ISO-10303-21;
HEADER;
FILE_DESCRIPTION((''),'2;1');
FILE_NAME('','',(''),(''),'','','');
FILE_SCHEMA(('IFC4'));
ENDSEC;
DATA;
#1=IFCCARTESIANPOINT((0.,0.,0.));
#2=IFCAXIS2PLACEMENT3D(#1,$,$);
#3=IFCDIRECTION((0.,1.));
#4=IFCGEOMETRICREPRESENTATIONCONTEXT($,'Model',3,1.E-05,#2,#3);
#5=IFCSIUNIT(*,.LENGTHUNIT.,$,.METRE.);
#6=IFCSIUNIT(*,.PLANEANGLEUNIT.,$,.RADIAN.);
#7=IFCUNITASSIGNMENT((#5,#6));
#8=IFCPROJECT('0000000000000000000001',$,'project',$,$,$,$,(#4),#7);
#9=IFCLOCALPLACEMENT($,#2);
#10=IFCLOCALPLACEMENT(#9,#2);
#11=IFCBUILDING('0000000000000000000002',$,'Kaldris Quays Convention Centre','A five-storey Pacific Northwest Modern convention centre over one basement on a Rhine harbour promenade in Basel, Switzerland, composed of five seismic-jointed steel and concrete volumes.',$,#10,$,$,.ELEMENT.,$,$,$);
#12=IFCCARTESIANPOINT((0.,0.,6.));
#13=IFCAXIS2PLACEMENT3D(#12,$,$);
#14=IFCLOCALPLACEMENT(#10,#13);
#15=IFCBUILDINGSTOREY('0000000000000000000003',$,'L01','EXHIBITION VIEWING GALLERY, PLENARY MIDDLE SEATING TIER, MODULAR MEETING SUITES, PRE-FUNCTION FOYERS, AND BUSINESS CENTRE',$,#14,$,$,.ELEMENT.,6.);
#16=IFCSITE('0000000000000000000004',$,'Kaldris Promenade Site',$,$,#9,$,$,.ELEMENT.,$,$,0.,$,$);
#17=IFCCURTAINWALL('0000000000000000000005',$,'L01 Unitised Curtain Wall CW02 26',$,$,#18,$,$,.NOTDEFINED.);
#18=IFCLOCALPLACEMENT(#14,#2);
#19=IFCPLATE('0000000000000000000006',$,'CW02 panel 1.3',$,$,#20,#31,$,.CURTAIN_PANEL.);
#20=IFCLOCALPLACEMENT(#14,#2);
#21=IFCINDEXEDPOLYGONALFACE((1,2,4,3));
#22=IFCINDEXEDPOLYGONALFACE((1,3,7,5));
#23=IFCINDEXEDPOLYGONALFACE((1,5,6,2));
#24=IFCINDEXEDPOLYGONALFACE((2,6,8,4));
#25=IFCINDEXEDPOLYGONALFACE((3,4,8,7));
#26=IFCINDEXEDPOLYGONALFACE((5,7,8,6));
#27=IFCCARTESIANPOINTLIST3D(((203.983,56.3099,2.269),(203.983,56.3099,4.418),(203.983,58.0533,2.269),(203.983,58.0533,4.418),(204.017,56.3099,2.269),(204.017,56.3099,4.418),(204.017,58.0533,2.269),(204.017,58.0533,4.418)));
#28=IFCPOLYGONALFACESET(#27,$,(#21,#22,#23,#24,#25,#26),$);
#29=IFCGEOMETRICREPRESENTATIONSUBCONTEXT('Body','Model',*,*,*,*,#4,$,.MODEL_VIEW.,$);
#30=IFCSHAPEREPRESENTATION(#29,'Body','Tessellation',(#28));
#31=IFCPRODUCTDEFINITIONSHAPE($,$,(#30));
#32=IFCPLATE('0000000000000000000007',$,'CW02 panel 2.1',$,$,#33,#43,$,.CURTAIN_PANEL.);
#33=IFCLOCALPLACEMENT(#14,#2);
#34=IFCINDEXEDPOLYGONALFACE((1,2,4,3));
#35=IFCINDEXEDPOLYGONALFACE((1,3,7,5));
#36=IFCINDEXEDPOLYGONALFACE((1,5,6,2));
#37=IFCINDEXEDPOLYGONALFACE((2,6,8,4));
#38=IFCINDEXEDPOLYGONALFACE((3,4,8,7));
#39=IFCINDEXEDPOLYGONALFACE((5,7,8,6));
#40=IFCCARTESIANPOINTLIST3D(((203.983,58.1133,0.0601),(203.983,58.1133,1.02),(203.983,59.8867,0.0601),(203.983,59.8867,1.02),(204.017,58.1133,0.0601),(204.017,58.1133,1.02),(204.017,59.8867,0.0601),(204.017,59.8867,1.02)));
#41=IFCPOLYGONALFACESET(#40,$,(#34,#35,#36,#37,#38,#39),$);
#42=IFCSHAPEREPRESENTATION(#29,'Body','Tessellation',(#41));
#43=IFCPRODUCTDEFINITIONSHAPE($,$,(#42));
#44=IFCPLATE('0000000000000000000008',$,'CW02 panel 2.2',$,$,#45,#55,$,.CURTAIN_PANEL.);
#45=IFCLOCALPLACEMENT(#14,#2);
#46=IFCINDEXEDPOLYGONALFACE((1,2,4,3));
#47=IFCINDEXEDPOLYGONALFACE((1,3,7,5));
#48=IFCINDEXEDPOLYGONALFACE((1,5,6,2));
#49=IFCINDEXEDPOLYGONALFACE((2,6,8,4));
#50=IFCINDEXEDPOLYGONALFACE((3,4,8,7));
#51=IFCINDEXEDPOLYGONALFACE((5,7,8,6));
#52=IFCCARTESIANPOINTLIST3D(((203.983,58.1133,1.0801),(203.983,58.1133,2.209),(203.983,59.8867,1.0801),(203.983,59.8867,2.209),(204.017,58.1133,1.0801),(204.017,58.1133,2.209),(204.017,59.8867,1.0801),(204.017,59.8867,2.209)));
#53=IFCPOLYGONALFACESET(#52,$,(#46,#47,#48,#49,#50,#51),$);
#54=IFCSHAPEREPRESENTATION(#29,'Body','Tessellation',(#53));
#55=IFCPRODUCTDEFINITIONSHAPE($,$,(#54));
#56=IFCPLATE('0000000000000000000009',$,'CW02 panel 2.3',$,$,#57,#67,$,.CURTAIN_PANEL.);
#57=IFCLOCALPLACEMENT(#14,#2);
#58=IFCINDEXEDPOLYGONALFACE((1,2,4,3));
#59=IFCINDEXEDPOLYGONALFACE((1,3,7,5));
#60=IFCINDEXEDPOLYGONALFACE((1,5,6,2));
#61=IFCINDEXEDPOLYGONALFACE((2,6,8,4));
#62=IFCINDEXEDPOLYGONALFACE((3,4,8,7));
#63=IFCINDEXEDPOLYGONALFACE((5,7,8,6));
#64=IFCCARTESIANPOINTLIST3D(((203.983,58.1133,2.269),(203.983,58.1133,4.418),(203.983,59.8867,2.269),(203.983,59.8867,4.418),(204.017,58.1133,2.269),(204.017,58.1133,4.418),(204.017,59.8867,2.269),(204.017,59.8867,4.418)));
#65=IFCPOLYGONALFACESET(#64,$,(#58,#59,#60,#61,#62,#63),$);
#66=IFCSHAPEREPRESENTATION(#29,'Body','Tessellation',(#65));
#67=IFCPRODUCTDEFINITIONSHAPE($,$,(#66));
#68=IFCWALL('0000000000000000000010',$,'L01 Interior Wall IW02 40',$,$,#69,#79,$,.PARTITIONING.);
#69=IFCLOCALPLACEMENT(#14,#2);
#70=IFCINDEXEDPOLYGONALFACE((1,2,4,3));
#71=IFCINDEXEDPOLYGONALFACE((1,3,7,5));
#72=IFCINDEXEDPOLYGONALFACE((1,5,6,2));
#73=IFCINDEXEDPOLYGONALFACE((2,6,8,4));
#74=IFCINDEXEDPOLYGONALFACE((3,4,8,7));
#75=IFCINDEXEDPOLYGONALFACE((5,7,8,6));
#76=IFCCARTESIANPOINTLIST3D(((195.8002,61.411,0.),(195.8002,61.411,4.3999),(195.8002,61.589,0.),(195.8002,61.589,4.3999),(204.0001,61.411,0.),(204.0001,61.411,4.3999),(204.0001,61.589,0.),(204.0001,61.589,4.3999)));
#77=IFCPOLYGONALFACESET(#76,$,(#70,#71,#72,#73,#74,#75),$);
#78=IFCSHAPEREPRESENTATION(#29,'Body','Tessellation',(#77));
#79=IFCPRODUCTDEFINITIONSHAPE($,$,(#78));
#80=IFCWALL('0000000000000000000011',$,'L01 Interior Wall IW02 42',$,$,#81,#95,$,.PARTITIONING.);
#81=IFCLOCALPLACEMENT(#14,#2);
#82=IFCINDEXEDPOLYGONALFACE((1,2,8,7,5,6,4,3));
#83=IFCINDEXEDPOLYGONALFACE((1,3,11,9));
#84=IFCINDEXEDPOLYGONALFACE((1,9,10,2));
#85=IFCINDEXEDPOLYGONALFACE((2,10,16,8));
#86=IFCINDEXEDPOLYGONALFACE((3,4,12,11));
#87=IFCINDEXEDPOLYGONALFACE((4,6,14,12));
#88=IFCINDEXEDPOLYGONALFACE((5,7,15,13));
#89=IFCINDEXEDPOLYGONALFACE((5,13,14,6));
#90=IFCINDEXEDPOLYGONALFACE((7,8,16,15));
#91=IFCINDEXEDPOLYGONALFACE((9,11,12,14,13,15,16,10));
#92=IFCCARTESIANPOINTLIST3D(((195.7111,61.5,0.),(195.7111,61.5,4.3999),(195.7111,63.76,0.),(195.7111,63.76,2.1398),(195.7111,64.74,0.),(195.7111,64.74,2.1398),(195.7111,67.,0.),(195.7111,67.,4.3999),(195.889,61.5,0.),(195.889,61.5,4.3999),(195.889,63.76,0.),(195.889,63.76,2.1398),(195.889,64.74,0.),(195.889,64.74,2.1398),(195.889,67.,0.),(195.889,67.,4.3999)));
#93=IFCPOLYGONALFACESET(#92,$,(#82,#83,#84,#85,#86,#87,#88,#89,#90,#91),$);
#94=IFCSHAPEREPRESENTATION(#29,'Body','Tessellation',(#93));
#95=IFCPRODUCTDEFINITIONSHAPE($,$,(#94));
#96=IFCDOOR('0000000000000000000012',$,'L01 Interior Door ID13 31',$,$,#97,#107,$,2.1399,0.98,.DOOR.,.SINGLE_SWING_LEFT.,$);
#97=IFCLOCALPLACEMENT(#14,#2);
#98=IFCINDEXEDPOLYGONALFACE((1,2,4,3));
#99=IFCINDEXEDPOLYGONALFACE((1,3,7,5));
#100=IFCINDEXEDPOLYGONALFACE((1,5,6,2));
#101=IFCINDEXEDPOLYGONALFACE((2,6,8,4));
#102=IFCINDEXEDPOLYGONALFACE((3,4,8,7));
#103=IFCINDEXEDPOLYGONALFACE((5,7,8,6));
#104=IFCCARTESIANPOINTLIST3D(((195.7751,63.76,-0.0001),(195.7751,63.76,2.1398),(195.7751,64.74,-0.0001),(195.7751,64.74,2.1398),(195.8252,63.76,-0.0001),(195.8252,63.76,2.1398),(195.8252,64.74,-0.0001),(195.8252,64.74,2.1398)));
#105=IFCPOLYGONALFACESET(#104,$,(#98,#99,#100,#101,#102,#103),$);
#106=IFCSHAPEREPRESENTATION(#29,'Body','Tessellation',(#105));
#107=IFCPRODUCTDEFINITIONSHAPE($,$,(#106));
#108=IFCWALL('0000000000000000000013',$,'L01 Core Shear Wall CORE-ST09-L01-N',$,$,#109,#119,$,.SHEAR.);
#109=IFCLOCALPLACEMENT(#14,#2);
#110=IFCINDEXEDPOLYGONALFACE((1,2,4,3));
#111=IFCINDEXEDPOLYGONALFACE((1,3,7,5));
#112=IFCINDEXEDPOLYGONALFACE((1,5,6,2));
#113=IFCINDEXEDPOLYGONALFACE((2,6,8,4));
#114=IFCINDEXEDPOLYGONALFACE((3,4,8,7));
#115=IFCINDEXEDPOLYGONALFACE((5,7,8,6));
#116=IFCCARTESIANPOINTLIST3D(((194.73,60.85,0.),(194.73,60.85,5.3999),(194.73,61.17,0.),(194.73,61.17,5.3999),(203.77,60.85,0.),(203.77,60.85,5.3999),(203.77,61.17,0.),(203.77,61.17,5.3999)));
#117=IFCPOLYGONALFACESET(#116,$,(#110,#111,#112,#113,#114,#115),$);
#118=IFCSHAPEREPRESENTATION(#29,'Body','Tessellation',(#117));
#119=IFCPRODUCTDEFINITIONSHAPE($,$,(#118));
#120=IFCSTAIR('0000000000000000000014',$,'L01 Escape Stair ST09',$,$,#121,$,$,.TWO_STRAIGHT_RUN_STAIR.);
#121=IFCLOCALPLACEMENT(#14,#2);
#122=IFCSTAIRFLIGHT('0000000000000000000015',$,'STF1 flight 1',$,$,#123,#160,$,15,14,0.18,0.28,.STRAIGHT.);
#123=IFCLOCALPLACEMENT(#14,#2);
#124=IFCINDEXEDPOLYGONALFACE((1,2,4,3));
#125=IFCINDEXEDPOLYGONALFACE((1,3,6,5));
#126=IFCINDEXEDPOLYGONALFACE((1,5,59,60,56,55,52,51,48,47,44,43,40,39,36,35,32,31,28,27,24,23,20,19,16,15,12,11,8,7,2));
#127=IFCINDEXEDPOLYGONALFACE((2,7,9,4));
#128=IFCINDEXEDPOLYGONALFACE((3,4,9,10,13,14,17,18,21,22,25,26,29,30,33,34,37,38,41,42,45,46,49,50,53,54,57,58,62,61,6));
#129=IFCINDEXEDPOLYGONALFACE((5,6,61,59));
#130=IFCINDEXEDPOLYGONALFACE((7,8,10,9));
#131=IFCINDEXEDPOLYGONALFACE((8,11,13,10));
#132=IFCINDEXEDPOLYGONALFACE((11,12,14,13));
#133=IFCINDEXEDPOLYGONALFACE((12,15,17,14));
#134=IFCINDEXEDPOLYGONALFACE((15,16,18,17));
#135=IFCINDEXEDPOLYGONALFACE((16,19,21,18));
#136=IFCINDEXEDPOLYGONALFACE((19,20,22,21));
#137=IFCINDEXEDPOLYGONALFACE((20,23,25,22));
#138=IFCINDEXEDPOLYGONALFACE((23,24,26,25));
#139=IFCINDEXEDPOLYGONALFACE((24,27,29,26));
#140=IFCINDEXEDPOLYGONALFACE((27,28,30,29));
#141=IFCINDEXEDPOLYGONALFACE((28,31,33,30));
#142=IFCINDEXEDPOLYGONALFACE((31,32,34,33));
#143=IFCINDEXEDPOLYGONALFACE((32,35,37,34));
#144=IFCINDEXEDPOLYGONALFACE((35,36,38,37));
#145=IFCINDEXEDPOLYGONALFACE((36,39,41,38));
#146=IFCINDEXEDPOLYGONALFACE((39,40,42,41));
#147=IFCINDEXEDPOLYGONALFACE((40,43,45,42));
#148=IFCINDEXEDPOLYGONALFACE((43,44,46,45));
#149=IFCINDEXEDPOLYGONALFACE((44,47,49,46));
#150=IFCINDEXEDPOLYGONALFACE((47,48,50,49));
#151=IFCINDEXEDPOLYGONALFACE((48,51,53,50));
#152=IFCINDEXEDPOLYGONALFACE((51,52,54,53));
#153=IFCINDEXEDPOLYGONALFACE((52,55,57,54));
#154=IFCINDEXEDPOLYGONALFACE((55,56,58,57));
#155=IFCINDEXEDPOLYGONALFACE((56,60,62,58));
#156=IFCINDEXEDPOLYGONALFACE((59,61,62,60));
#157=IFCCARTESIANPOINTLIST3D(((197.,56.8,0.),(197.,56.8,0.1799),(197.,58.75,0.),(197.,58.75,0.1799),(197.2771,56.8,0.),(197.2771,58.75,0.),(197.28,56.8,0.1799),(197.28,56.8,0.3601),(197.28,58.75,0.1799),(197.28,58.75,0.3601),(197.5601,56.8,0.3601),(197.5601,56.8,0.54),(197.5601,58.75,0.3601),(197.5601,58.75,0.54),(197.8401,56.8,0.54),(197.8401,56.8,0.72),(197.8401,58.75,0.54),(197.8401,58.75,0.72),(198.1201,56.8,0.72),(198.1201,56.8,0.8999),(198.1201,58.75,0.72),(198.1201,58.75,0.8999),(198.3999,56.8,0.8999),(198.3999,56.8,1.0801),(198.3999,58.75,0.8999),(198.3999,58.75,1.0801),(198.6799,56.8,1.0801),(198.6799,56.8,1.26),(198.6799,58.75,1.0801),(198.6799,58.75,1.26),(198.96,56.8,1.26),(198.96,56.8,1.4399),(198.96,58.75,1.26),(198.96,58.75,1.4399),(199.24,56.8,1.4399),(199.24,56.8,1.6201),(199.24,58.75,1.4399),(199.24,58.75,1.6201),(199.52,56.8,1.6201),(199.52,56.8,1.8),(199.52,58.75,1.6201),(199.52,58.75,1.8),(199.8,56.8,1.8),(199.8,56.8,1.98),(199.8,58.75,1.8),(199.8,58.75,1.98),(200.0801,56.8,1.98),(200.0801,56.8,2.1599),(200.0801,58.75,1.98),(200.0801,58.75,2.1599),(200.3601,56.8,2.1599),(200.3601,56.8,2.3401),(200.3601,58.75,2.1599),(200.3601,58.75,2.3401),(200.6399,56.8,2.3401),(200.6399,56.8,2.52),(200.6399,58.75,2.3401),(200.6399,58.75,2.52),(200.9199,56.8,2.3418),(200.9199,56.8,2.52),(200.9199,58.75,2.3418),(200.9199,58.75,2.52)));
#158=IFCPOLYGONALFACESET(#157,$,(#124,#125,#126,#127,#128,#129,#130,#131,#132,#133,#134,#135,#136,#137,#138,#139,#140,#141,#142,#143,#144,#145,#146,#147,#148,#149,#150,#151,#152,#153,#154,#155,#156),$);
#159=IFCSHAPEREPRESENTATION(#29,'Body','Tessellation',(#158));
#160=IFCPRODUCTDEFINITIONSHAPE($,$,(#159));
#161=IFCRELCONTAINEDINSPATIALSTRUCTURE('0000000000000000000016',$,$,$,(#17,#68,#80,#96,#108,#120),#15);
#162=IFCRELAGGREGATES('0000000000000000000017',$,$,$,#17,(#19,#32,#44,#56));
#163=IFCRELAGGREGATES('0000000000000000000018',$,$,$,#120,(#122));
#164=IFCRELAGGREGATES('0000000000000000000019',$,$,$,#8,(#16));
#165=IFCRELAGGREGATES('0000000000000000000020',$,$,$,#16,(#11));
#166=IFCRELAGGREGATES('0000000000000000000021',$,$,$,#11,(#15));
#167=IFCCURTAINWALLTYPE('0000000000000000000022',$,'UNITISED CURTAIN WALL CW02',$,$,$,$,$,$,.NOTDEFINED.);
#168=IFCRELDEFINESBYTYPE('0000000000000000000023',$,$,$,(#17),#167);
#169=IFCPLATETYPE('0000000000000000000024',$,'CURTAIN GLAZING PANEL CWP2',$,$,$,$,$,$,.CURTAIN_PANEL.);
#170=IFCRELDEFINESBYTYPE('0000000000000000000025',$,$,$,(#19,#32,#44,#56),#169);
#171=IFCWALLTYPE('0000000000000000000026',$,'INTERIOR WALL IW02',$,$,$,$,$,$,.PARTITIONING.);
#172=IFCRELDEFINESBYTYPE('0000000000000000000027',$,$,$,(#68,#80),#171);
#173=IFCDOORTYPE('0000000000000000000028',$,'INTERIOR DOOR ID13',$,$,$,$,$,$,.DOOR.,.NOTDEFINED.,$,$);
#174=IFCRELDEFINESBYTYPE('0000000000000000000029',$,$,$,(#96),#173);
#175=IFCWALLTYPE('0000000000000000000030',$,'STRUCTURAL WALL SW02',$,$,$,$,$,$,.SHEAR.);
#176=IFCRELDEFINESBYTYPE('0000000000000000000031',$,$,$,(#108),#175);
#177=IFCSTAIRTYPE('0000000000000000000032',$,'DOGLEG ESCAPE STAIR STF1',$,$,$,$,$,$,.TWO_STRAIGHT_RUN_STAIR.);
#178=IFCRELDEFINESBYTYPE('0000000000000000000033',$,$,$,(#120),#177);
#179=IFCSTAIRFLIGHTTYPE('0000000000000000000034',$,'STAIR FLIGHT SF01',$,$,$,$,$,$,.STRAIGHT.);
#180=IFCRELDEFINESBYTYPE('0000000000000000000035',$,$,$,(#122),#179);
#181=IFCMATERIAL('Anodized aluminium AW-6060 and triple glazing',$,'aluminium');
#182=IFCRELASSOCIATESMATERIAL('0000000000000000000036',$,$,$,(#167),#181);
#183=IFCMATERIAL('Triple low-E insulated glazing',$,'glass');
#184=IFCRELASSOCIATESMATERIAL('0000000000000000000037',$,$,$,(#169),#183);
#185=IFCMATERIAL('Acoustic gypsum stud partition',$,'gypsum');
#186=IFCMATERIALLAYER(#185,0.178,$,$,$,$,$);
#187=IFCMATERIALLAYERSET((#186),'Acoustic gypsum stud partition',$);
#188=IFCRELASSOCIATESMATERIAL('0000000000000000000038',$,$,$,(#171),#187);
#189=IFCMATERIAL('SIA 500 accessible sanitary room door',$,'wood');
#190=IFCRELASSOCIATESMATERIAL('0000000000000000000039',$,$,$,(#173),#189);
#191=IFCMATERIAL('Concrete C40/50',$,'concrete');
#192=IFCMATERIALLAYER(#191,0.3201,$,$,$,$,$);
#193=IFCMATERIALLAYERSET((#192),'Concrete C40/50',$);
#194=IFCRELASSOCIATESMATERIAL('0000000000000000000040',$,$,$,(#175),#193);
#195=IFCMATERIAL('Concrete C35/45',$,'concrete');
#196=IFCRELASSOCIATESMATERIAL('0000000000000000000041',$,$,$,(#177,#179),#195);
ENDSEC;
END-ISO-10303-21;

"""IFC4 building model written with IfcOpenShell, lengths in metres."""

from ifc_helpers import new_model, si_unit, direction, frame, frame_2d, origin, origin_2d, place, context, subcontext, project, spatial, polyline, rectangle, outline, extrude, material, layer, layer_set, type_object, element, fill, aggregate, save


model = new_model("IFC4")

# Units and contexts
model_context = context("Model", 3, precision=1e-05, world=origin(), true_north=direction((0.0, 1.0)))
body_context = subcontext(model_context, "Body", "Model", "MODEL_VIEW")
ifc_project = project(units=[si_unit("LENGTHUNIT", "METRE"), si_unit("PLANEANGLEUNIT", "RADIAN")], contexts=[model_context])

# Site, building, storey
site_placement = place(None, origin())
site = spatial("IfcSite", under=ifc_project, at=site_placement, Name="Kaldris Promenade Site", CompositionType="ELEMENT", RefElevation=0.0)
building_placement = place(site_placement, origin())
building = spatial("IfcBuilding", under=site, at=building_placement, Name="Kaldris Quays Convention Centre", Description="A five-storey Pacific Northwest Modern convention centre over one basement on a Rhine harbour promenade in Basel, Switzerland, composed of five seismic-jointed steel and concrete volumes.", CompositionType="ELEMENT")
storey_placement = place(building_placement, frame((0.0, 0.0, 6.0)))
storey = spatial("IfcBuildingStorey", under=building, at=storey_placement, Name="L01", Description="EXHIBITION VIEWING GALLERY, PLENARY MIDDLE SEATING TIER, MODULAR MEETING SUITES, PRE-FUNCTION FOYERS, AND BUSINESS CENTRE", CompositionType="ELEMENT", Elevation=6.0)

# Curtain wall, plates
ifc_material_1 = material(Name="Anodized aluminium AW-6060 and triple glazing", Category="aluminium")
curtain_wall_type = type_object("IfcCurtainWallType", Name="UNITISED CURTAIN WALL CW02", PredefinedType="NOTDEFINED", material=ifc_material_1)
curtain_wall_placement = place(storey_placement, origin())
curtain_wall = element("IfcCurtainWall", 1, at=curtain_wall_placement, inside=storey, type_object=curtain_wall_type, Name="L01 Unitised Curtain Wall CW02 26", PredefinedType="NOTDEFINED")
ifc_material_2 = material(Name="Triple low-E insulated glazing", Category="glass")
plate_type = type_object("IfcPlateType", Name="CURTAIN GLAZING PANEL CWP2", PredefinedType="CURTAIN_PANEL", material=ifc_material_2)
plate_1_placement = place(storey_placement, frame((204.0, 57.1816, 2.269), z_axis=(0.0, 0.0, 1.0), x_axis=(0.0, 1.0, 0.0)))
plate_1 = element("IfcPlate", 2, at=plate_1_placement, type_object=plate_type, Name="CW02 panel 1.3", PredefinedType="CURTAIN_PANEL", context=body_context, shape_type="SweptSolid", body=[
    extrude(rectangle(XDim=1.7434, YDim=0.0339, at=origin_2d()), origin(), (0.0, 0.0, 1.0), 2.1489),
])
plate_2_placement = place(storey_placement, frame((204.0, 59.0, 0.0601), z_axis=(0.0, 0.0, 1.0), x_axis=(0.0, 1.0, 0.0)))
plate_2 = element("IfcPlate", 3, at=plate_2_placement, type_object=plate_type, Name="CW02 panel 2.1", PredefinedType="CURTAIN_PANEL", context=body_context, shape_type="SweptSolid", body=[
    extrude(rectangle(XDim=1.7734, YDim=0.0339, at=origin_2d()), origin(), (0.0, 0.0, 1.0), 0.96),
])
plate_3_placement = place(storey_placement, frame((204.0, 59.0, 1.0801), z_axis=(0.0, 0.0, 1.0), x_axis=(0.0, 1.0, 0.0)))
plate_3 = element("IfcPlate", 4, at=plate_3_placement, type_object=plate_type, Name="CW02 panel 2.2", PredefinedType="CURTAIN_PANEL", context=body_context, shape_type="SweptSolid", body=[
    extrude(rectangle(XDim=1.7734, YDim=0.0339, at=origin_2d()), origin(), (0.0, 0.0, 1.0), 1.1289),
])
plate_4_placement = place(storey_placement, frame((204.0, 59.0, 2.269), z_axis=(0.0, 0.0, 1.0), x_axis=(0.0, 1.0, 0.0)))
plate_4 = element("IfcPlate", 5, at=plate_4_placement, type_object=plate_type, Name="CW02 panel 2.3", PredefinedType="CURTAIN_PANEL", context=body_context, shape_type="SweptSolid", body=[
    extrude(rectangle(XDim=1.7734, YDim=0.0339, at=origin_2d()), origin(), (0.0, 0.0, 1.0), 2.1489),
])
aggregate(curtain_wall, [plate_1, plate_2, plate_3, plate_4])

# Wall
ifc_material_3 = material(Name="Acoustic gypsum stud partition", Category="gypsum")
ifc_layer_1 = layer(ifc_material_3, 0.178)
ifc_layer_set_1 = layer_set([ifc_layer_1], Name="Acoustic gypsum stud partition")
wall_type_1 = type_object("IfcWallType", Name="INTERIOR WALL IW02", PredefinedType="PARTITIONING", material=ifc_layer_set_1)
wall_1_placement = place(storey_placement, frame((195.8, 61.5, 0.0), z_axis=(0.0, 0.0, 1.0), x_axis=(1.0, 0.0, 0.0)))
element("IfcWall", 6, at=wall_1_placement, inside=storey, type_object=wall_type_1, Name="L01 Interior Wall IW02 40", PredefinedType="PARTITIONING", context=body_context, shape_type="SweptSolid", body=[
    extrude(rectangle(XDim=8.2, YDim=0.178, at=frame_2d((4.1001, 0.0))), origin(), (0.0, 0.0, 1.0), 4.3999),
])

# Wall, opening, door
wall_2_placement = place(storey_placement, frame((195.8, 61.5, 0.0), z_axis=(0.0, 0.0, 1.0), x_axis=(0.0, 1.0, 0.0)))
wall_2 = element("IfcWall", 7, at=wall_2_placement, inside=storey, type_object=wall_type_1, Name="L01 Interior Wall IW02 42", PredefinedType="PARTITIONING", context=body_context, shape_type="SweptSolid", body=[
    extrude(rectangle(XDim=5.5, YDim=0.178, at=frame_2d((2.75, 0.0))), origin(), (0.0, 0.0, 1.0), 4.3999),
])
opening_placement = place(wall_2_placement, frame((2.26, 0.0, 0.0)))
opening = element("IfcOpeningElement", 8, at=opening_placement, cuts=wall_2, PredefinedType="OPENING", context=body_context, shape_type="SweptSolid", body=[
    extrude(rectangle(XDim=0.98, YDim=2.1399, at=frame_2d((0.49, 1.0698))), frame((0.0, 0.0991, 0.0), z_axis=(0.0, -1.0, 0.0), x_axis=(1.0, 0.0, 0.0)), (0.0, 0.0, 1.0), 0.198),
])
ifc_material_4 = material(Name="SIA 500 accessible sanitary room door", Category="wood")
door_type = type_object("IfcDoorType", Name="INTERIOR DOOR ID13", OperationType="NOTDEFINED", PredefinedType="DOOR", material=ifc_material_4)
door_placement = place(opening_placement, origin())
door = element("IfcDoor", 9, at=door_placement, inside=storey, type_object=door_type, Name="L01 Interior Door ID13 31", OperationType="SINGLE_SWING_LEFT", OverallHeight=2.1399, OverallWidth=0.98, PredefinedType="DOOR", context=body_context, shape_type="SweptSolid", body=[
    extrude(rectangle(XDim=0.98, YDim=2.1399, at=frame_2d((0.49, 1.0698))), frame((0.0, 0.0249, 0.0), z_axis=(0.0, -1.0, 0.0), x_axis=(1.0, 0.0, 0.0)), (0.0, 0.0, 1.0), 0.05),
])
fill(opening, door)

# Wall
ifc_material_5 = material(Name="Concrete C40/50", Category="concrete")
ifc_layer_2 = layer(ifc_material_5, 0.3201)
ifc_layer_set_2 = layer_set([ifc_layer_2], Name="Concrete C40/50")
wall_type_2 = type_object("IfcWallType", Name="STRUCTURAL WALL SW02", PredefinedType="SHEAR", material=ifc_layer_set_2)
wall_3_placement = place(storey_placement, frame((194.73, 61.01, 0.0), z_axis=(0.0, 0.0, 1.0), x_axis=(1.0, 0.0, 0.0)))
element("IfcWall", 10, at=wall_3_placement, inside=storey, type_object=wall_type_2, Name="L01 Core Shear Wall CORE-ST09-L01-N", PredefinedType="SHEAR", context=body_context, shape_type="SweptSolid", body=[
    extrude(rectangle(XDim=9.04, YDim=0.3201, at=frame_2d((4.52, 0.0))), origin(), (0.0, 0.0, 1.0), 5.3999),
])

# Stair, stair flight
ifc_material_6 = material(Name="Concrete C35/45", Category="concrete")
stair_type = type_object("IfcStairType", Name="DOGLEG ESCAPE STAIR STF1", PredefinedType="TWO_STRAIGHT_RUN_STAIR", material=ifc_material_6)
stair_placement = place(storey_placement, origin())
stair = element("IfcStair", 11, at=stair_placement, inside=storey, type_object=stair_type, Name="L01 Escape Stair ST09", PredefinedType="TWO_STRAIGHT_RUN_STAIR")
stair_flight_type = type_object("IfcStairFlightType", Name="STAIR FLIGHT SF01", PredefinedType="STRAIGHT", material=ifc_material_6)
stair_flight_1_placement = place(storey_placement, frame((197.0, 57.7749, 0.0), z_axis=(0.0, 0.0, 1.0), x_axis=(1.0, 0.0, 0.0)))
stair_flight_1 = element("IfcStairFlight", 12, at=stair_flight_1_placement, type_object=stair_flight_type, Name="STF1 flight 1", NumberOfRisers=15, NumberOfTreads=14, PredefinedType="STRAIGHT", RiserHeight=0.18, TreadLength=0.28, context=body_context, shape_type="SweptSolid", body=[
    extrude(outline(polyline([(0.0, 0.0), (0.0, 0.1799), (0.28, 0.1799), (0.28, 0.3601), (0.5601, 0.3601), (0.5601, 0.54), (0.8401, 0.54), (0.8401, 0.72), (1.1201, 0.72), (1.1201, 0.8999), (1.3999, 0.8999), (1.3999, 1.0801), (1.6799, 1.0801), (1.6799, 1.26), (1.96, 1.26), (1.96, 1.4399), (2.24, 1.4399), (2.24, 1.6201), (2.52, 1.6201), (2.52, 1.8), (2.8, 1.8), (2.8, 1.98), (3.0801, 1.98), (3.0801, 2.1599), (3.3601, 2.1599), (3.3601, 2.3401), (3.6399, 2.3401), (3.6399, 2.52), (3.9199, 2.52), (3.9199, 2.7), (3.9199, 2.3418), (0.2771, 0.0), (0.0, 0.0)])), frame((0.0, 0.9751, 0.0), z_axis=(0.0, -1.0, 0.0), x_axis=(1.0, 0.0, 0.0)), (0.0, 0.0, 1.0), 1.95),
])
aggregate(stair, [stair_flight_1])

save(model, "model.ifc")
